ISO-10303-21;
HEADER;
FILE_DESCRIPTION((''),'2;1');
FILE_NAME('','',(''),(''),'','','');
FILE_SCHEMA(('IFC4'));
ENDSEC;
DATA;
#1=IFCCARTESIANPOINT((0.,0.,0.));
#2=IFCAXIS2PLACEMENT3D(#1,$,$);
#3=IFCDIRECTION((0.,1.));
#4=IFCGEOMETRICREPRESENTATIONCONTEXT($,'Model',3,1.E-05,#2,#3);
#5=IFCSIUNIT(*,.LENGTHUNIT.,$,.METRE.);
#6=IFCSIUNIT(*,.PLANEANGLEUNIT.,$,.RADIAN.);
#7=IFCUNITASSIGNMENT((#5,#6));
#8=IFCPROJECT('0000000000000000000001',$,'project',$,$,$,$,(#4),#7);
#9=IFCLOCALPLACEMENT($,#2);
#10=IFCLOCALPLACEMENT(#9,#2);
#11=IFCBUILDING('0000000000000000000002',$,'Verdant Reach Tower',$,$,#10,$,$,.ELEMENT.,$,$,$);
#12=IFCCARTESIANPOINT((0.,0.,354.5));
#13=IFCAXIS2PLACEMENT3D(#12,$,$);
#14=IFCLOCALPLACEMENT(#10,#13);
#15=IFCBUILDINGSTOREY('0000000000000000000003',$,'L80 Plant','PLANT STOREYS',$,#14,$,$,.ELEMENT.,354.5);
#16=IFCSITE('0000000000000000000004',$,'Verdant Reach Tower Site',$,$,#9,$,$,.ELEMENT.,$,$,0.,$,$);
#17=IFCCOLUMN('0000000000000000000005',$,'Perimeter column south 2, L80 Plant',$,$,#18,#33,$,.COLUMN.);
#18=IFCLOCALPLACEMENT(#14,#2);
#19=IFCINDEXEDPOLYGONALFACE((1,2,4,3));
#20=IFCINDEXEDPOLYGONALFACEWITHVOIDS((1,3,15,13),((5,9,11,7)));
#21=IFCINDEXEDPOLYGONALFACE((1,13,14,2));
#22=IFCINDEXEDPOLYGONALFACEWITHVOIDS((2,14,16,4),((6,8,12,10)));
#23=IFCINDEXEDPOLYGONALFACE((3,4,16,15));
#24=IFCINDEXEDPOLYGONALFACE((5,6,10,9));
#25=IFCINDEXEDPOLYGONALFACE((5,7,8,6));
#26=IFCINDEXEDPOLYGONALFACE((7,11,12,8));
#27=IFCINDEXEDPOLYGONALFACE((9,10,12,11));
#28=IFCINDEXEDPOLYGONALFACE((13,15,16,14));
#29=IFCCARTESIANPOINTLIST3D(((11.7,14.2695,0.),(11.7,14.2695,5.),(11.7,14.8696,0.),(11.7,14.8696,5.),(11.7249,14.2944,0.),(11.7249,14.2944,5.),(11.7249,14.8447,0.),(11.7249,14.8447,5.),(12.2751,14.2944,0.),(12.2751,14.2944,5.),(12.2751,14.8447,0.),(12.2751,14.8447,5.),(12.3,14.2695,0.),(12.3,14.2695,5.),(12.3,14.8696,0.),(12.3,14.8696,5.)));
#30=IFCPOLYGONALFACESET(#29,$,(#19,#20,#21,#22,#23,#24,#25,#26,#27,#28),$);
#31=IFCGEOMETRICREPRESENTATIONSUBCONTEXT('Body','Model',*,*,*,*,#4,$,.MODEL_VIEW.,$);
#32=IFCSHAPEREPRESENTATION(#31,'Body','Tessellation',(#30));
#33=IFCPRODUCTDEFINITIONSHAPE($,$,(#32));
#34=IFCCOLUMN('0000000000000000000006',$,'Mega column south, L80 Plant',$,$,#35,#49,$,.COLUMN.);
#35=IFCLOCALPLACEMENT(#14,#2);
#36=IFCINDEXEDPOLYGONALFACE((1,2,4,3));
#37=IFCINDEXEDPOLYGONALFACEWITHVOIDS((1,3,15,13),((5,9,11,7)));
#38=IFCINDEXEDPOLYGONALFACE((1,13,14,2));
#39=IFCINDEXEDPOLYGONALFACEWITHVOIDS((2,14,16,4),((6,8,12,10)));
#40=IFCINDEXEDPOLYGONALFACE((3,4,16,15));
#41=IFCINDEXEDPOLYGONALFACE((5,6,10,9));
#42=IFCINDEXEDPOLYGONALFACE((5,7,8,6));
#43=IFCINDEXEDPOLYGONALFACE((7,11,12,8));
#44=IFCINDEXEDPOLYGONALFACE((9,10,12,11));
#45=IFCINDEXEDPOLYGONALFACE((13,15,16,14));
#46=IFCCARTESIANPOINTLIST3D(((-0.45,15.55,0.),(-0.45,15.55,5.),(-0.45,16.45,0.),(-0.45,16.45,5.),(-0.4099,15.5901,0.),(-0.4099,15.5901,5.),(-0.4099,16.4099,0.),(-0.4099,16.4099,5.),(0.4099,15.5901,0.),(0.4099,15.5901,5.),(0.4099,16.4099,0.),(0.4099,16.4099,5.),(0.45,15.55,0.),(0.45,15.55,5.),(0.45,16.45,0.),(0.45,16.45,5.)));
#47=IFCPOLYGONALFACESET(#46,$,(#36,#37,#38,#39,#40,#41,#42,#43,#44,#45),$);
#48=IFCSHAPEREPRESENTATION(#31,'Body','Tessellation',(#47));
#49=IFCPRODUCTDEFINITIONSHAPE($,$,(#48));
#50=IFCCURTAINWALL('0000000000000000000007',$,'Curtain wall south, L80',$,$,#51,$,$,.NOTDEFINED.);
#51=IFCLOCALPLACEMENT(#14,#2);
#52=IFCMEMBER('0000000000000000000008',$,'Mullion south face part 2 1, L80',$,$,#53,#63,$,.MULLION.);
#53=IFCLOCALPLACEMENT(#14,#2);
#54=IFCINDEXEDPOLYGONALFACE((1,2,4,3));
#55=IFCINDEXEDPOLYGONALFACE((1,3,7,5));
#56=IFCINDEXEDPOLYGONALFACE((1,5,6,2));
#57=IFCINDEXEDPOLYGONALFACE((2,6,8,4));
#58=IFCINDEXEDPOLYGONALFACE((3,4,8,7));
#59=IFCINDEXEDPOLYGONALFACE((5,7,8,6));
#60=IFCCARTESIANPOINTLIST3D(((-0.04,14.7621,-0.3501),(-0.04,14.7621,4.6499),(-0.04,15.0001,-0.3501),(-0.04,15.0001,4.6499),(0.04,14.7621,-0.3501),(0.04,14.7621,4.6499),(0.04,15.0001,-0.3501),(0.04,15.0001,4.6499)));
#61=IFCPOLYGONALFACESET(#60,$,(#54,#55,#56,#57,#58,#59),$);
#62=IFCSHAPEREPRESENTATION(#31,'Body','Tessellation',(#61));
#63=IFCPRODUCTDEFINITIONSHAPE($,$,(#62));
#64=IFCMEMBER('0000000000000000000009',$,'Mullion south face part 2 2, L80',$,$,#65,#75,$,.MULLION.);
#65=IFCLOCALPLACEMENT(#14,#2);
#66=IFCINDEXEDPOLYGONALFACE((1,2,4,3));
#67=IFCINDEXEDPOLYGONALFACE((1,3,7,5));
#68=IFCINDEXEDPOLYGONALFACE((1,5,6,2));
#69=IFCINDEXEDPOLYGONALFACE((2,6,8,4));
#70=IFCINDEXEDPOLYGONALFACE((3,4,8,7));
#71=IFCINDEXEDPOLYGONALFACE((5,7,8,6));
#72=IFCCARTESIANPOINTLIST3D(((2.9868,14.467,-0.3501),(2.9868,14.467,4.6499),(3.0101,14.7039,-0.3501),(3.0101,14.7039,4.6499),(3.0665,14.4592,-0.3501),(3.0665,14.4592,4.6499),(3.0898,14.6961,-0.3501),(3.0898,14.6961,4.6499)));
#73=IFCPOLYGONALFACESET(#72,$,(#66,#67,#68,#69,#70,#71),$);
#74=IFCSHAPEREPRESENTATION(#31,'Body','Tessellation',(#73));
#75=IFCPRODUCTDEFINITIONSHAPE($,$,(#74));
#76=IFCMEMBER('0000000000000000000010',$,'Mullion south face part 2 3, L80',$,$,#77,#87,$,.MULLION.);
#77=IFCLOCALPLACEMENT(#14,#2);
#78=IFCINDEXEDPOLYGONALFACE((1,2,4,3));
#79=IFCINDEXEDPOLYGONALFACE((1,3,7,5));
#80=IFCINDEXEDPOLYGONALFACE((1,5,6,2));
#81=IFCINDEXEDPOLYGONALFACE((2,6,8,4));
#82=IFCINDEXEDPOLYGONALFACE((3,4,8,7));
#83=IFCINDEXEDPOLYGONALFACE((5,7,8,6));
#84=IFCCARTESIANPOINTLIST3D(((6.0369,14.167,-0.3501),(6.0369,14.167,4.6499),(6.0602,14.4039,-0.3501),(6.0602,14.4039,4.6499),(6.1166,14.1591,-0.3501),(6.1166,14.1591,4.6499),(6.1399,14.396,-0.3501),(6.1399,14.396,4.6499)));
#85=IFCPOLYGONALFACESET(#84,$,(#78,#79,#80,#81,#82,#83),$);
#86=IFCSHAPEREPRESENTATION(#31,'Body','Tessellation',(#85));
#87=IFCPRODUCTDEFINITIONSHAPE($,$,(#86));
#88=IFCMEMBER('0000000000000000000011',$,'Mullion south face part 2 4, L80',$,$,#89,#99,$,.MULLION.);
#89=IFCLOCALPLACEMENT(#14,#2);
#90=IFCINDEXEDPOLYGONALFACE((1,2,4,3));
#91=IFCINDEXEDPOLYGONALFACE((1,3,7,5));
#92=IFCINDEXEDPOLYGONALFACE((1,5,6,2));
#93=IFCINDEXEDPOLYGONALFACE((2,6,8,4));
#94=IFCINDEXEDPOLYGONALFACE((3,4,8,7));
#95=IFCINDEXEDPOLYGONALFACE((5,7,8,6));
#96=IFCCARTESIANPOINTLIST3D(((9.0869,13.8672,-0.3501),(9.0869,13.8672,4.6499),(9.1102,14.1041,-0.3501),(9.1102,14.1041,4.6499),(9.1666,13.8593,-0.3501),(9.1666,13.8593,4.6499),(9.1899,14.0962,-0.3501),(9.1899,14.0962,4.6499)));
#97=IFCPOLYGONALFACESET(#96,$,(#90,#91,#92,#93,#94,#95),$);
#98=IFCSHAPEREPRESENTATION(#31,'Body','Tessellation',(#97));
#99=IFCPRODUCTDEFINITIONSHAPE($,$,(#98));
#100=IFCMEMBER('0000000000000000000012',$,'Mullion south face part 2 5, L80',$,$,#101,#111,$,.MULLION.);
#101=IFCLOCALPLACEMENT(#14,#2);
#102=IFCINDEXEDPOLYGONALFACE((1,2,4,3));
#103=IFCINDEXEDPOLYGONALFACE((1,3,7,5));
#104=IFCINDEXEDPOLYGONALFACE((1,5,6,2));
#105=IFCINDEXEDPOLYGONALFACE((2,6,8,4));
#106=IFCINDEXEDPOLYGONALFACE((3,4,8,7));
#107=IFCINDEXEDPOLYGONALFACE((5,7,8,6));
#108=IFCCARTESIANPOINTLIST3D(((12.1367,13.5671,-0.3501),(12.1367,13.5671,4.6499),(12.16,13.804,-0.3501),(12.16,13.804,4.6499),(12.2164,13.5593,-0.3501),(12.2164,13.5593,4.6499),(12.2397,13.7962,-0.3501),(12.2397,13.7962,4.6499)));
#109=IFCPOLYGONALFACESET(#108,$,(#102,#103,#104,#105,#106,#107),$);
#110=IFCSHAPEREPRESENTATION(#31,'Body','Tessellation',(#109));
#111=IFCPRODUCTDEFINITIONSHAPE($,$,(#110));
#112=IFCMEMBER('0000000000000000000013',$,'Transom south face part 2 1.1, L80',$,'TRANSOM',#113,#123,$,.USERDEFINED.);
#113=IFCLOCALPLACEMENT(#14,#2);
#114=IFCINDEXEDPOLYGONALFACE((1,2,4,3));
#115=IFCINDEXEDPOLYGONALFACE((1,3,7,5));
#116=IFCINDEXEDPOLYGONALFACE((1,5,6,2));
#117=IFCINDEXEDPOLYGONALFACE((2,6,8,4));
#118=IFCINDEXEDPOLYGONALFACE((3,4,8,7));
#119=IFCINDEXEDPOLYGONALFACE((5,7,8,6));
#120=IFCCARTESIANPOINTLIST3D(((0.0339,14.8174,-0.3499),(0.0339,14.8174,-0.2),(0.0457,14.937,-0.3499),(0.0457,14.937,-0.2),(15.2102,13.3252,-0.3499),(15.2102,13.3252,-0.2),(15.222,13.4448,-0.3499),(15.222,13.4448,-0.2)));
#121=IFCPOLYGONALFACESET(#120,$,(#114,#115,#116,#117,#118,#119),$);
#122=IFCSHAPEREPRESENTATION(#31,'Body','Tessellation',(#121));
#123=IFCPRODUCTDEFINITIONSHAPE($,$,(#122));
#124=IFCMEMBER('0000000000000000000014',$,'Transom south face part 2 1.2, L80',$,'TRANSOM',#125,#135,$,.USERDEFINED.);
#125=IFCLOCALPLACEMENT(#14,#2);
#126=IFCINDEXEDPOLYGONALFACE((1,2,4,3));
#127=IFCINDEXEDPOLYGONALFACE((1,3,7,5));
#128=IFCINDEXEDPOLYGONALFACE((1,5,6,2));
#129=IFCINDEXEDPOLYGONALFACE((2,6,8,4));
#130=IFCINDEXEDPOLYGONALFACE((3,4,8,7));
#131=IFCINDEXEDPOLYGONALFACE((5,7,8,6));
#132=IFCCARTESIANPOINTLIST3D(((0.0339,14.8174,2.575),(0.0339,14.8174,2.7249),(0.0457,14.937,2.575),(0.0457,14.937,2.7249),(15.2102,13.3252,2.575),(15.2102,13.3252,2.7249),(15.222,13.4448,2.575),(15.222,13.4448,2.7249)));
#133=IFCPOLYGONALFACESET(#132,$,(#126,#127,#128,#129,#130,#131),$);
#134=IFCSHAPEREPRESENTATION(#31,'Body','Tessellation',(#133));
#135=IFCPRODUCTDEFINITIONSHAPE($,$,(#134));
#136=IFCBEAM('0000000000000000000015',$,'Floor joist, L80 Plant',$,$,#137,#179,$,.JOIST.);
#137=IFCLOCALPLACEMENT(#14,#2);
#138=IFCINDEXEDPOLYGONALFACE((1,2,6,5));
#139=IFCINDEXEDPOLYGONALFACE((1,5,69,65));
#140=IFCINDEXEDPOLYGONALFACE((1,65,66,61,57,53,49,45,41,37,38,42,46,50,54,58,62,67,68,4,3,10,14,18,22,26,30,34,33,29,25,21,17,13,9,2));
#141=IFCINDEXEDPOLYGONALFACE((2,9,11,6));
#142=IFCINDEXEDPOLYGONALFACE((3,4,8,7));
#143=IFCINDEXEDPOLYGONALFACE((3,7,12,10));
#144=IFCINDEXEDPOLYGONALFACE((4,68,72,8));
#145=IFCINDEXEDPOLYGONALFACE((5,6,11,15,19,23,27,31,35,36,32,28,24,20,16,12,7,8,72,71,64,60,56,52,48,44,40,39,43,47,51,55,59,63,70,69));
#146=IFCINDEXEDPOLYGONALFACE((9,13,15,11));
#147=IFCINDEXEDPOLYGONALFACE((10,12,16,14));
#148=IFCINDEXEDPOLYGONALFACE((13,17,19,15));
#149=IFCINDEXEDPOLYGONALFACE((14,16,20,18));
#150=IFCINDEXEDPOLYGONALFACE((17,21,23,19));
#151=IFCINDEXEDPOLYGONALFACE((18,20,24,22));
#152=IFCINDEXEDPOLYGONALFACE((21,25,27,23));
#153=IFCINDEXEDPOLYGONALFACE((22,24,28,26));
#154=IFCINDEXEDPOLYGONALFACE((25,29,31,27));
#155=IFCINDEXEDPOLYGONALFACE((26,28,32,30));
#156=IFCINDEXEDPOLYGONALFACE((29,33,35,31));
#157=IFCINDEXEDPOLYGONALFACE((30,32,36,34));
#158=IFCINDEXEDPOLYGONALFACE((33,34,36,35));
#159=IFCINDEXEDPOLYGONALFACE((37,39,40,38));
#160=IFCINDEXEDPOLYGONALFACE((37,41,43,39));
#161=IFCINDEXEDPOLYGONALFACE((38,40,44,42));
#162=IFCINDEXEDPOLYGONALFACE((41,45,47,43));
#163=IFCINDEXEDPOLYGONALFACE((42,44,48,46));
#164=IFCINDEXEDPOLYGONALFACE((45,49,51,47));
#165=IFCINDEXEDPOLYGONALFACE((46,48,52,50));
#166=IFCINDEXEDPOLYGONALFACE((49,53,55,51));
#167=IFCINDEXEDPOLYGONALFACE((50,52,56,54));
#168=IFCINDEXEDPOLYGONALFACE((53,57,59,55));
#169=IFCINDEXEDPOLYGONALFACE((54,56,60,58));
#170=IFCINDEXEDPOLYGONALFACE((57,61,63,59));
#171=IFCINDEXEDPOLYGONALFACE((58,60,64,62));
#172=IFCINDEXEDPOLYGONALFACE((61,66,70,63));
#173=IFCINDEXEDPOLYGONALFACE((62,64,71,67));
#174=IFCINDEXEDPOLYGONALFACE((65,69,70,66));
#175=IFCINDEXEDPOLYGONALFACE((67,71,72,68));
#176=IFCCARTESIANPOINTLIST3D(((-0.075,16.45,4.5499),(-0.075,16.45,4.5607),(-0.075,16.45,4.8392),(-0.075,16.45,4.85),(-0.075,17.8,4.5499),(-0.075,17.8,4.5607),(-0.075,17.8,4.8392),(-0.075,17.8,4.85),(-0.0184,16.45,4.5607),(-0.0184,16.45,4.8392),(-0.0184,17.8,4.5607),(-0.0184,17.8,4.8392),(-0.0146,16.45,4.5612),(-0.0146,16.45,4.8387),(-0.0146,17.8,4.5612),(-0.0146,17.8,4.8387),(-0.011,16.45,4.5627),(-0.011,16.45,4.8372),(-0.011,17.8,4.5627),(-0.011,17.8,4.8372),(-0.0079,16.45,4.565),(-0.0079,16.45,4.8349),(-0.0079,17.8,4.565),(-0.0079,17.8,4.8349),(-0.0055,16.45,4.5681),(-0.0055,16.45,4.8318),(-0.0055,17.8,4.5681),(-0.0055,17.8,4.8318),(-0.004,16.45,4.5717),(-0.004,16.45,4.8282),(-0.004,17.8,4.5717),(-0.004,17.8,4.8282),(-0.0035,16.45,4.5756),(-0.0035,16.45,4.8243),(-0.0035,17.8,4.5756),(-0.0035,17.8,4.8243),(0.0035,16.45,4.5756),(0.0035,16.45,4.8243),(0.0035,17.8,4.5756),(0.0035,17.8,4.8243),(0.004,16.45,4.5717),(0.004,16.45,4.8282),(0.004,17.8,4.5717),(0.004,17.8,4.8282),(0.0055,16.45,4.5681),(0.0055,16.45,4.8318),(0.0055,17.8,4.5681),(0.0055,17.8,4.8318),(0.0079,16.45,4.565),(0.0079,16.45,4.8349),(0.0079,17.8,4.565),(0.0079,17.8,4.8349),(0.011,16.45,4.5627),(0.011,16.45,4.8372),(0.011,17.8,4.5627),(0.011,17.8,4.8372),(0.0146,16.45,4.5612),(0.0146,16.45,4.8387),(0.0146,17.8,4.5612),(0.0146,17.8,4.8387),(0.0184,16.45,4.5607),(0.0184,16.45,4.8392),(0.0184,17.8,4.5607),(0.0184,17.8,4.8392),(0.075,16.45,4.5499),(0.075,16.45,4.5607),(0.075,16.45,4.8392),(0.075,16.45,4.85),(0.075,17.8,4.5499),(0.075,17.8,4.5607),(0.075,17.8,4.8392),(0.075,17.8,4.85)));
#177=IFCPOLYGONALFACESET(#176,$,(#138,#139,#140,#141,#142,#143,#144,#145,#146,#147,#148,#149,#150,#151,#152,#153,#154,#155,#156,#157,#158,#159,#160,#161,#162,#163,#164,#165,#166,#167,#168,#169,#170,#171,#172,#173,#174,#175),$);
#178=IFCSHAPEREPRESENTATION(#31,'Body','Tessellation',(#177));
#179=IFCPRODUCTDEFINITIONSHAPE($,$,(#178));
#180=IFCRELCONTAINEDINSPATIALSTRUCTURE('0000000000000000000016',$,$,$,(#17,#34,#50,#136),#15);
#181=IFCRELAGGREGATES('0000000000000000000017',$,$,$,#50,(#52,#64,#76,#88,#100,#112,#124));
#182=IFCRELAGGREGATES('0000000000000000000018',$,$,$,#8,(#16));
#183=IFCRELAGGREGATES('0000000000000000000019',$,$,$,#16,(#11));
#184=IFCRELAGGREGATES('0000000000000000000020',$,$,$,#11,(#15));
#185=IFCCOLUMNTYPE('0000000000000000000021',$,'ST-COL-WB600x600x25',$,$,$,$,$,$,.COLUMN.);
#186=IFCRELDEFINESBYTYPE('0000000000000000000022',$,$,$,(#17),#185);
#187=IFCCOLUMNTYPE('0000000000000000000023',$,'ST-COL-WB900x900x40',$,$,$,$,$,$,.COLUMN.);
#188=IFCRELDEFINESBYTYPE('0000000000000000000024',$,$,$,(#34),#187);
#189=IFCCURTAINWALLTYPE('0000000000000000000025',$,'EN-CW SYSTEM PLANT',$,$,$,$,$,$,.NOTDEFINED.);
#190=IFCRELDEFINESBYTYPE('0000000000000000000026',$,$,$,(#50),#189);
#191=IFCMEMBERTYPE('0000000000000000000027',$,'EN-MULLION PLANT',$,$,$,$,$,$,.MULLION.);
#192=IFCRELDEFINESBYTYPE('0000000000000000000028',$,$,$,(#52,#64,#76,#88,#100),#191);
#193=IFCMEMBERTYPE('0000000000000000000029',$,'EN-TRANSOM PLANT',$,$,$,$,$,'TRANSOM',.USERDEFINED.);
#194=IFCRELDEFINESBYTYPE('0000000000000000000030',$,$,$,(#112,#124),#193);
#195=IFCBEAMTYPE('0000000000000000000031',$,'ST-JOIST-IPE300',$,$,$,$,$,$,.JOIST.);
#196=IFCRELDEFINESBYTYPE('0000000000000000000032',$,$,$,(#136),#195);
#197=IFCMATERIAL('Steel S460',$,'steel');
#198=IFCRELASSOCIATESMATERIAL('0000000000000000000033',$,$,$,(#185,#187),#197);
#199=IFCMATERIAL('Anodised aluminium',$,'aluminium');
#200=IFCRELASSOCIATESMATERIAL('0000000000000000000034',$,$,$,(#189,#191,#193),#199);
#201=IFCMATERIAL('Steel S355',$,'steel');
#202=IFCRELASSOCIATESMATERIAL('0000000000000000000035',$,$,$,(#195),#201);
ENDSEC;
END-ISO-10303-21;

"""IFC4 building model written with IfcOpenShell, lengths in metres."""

from ifc_helpers import new_model, si_unit, direction, frame, origin, origin_2d, place, context, subcontext, project, spatial, rectangle, hollow_rectangle, i_section, extrude, material, material_profile, profile_set, type_object, element, aggregate, save


model = new_model("IFC4")

# Units and contexts
model_context = context("Model", 3, precision=1e-05, world=origin(), true_north=direction((0.0, 1.0)))
body_context = subcontext(model_context, "Body", "Model", "MODEL_VIEW")
ifc_project = project(units=[si_unit("LENGTHUNIT", "METRE"), si_unit("PLANEANGLEUNIT", "RADIAN")], contexts=[model_context])

# Site, building, storey
site_placement = place(None, origin())
site = spatial("IfcSite", under=ifc_project, at=site_placement, Name="Verdant Reach Tower Site", CompositionType="ELEMENT", RefElevation=0.0)
building_placement = place(site_placement, origin())
building = spatial("IfcBuilding", under=site, at=building_placement, Name="Verdant Reach Tower", CompositionType="ELEMENT")
storey_placement = place(building_placement, frame((0.0, 0.0, 354.5)))
storey = spatial("IfcBuildingStorey", under=building, at=storey_placement, Name="L80 Plant", Description="PLANT STOREYS", CompositionType="ELEMENT", Elevation=354.5)

# Columns
ifc_material_1 = material(Name="Steel S460", Category="steel")
ifc_material_profile_1 = material_profile(ifc_material_1, hollow_rectangle(XDim=0.6001, YDim=0.6001, WallThickness=0.0249, at=origin_2d()), Name="WB 600x600x25")
ifc_profile_set_1 = profile_set([ifc_material_profile_1], Name="Steel S460")
column_type_1 = type_object("IfcColumnType", Name="ST-COL-WB600x600x25", PredefinedType="COLUMN", material=ifc_profile_set_1)
column_1_placement = place(storey_placement, frame((12.0, 14.5696, 0.0), z_axis=(0.0, 0.0, 1.0), x_axis=(1.0, 0.0, 0.0)))
element("IfcColumn", 1, at=column_1_placement, inside=storey, type_object=column_type_1, Name="Perimeter column south 2, L80 Plant", PredefinedType="COLUMN", context=body_context, shape_type="SweptSolid", body=[
    extrude(hollow_rectangle(XDim=0.6001, YDim=0.6001, WallThickness=0.0249, at=origin_2d()), origin(), (0.0, 0.0, 1.0), 5.0),
])
ifc_material_profile_2 = material_profile(ifc_material_1, hollow_rectangle(XDim=0.8999, YDim=0.8999, WallThickness=0.04, at=origin_2d()), Name="WB 900x900x40")
ifc_profile_set_2 = profile_set([ifc_material_profile_2], Name="Steel S460")
column_type_2 = type_object("IfcColumnType", Name="ST-COL-WB900x900x40", PredefinedType="COLUMN", material=ifc_profile_set_2)
column_2_placement = place(storey_placement, frame((0.0, 16.0, 0.0), z_axis=(0.0, 0.0, 1.0), x_axis=(1.0, 0.0, 0.0)))
element("IfcColumn", 2, at=column_2_placement, inside=storey, type_object=column_type_2, Name="Mega column south, L80 Plant", PredefinedType="COLUMN", context=body_context, shape_type="SweptSolid", body=[
    extrude(hollow_rectangle(XDim=0.8999, YDim=0.8999, WallThickness=0.04, at=origin_2d()), origin(), (0.0, 0.0, 1.0), 5.0),
])

# Curtain wall, members
ifc_material_2 = material(Name="Anodised aluminium", Category="aluminium")
curtain_wall_type = type_object("IfcCurtainWallType", Name="EN-CW SYSTEM PLANT", PredefinedType="NOTDEFINED", material=ifc_material_2)
curtain_wall_placement = place(storey_placement, origin())
curtain_wall = element("IfcCurtainWall", 3, at=curtain_wall_placement, inside=storey, type_object=curtain_wall_type, Name="Curtain wall south, L80", PredefinedType="NOTDEFINED")
ifc_material_profile_3 = material_profile(ifc_material_2, rectangle(XDim=0.238, YDim=0.0801, at=origin_2d()), Name="Mullion 80x240")
ifc_profile_set_3 = profile_set([ifc_material_profile_3], Name="Anodised aluminium")
member_type_1 = type_object("IfcMemberType", Name="EN-MULLION PLANT", PredefinedType="MULLION", material=ifc_profile_set_3)
member_1_placement = place(storey_placement, frame((0.0, 14.8811, -0.3501), z_axis=(0.0, 0.0, 1.0), x_axis=(0.0, -1.0, 0.0)))
member_1 = element("IfcMember", 4, at=member_1_placement, type_object=member_type_1, Name="Mullion south face part 2 1, L80", PredefinedType="MULLION", context=body_context, shape_type="SweptSolid", body=[
    extrude(rectangle(XDim=0.238, YDim=0.0801, at=origin_2d()), origin(), (0.0, 0.0, 1.0), 5.0),
])
member_2_placement = place(storey_placement, frame((3.0383, 14.5815, -0.3501), z_axis=(0.0, 0.0, 1.0), x_axis=(-0.097888, -0.995197, 0.0)))
member_2 = element("IfcMember", 5, at=member_2_placement, type_object=member_type_1, Name="Mullion south face part 2 2, L80", PredefinedType="MULLION", context=body_context, shape_type="SweptSolid", body=[
    extrude(rectangle(XDim=0.238, YDim=0.0801, at=origin_2d()), origin(), (0.0, 0.0, 1.0), 5.0),
])
member_3_placement = place(storey_placement, frame((6.0884, 14.2815, -0.3501), z_axis=(0.0, 0.0, 1.0), x_axis=(-0.097888, -0.995197, 0.0)))
member_3 = element("IfcMember", 6, at=member_3_placement, type_object=member_type_1, Name="Mullion south face part 2 3, L80", PredefinedType="MULLION", context=body_context, shape_type="SweptSolid", body=[
    extrude(rectangle(XDim=0.238, YDim=0.0801, at=origin_2d()), origin(), (0.0, 0.0, 1.0), 5.0),
])
member_4_placement = place(storey_placement, frame((9.1384, 13.9817, -0.3501), z_axis=(0.0, 0.0, 1.0), x_axis=(-0.097888, -0.995197, 0.0)))
member_4 = element("IfcMember", 7, at=member_4_placement, type_object=member_type_1, Name="Mullion south face part 2 4, L80", PredefinedType="MULLION", context=body_context, shape_type="SweptSolid", body=[
    extrude(rectangle(XDim=0.238, YDim=0.0801, at=origin_2d()), origin(), (0.0, 0.0, 1.0), 5.0),
])
member_5_placement = place(storey_placement, frame((12.1882, 13.6816, -0.3501), z_axis=(0.0, 0.0, 1.0), x_axis=(-0.097888, -0.995197, 0.0)))
member_5 = element("IfcMember", 8, at=member_5_placement, type_object=member_type_1, Name="Mullion south face part 2 5, L80", PredefinedType="MULLION", context=body_context, shape_type="SweptSolid", body=[
    extrude(rectangle(XDim=0.238, YDim=0.0801, at=origin_2d()), origin(), (0.0, 0.0, 1.0), 5.0),
])
ifc_material_profile_4 = material_profile(ifc_material_2, rectangle(XDim=0.1201, YDim=0.1499, at=origin_2d()), Name="Transom 150x120")
ifc_profile_set_4 = profile_set([ifc_material_profile_4], Name="Anodised aluminium")
member_type_2 = type_object("IfcMemberType", Name="EN-TRANSOM PLANT", ElementType="TRANSOM", PredefinedType="USERDEFINED", material=ifc_profile_set_4)
member_6_placement = place(storey_placement, frame((0.0398, 14.8772, -0.2749), z_axis=(0.995201, -0.097852, 0.0), x_axis=(0.097852, 0.995201, 0.0)))
member_6 = element("IfcMember", 9, at=member_6_placement, type_object=member_type_2, Name="Transom south face part 2 1.1, L80", ObjectType="TRANSOM", PredefinedType="USERDEFINED", context=body_context, shape_type="SweptSolid", body=[
    extrude(rectangle(XDim=0.1201, YDim=0.1499, at=origin_2d()), origin(), (0.0, 0.0, 1.0), 15.2495),
])
member_7_placement = place(storey_placement, frame((0.0398, 14.8772, 2.6499), z_axis=(0.995201, -0.097852, 0.0), x_axis=(0.097852, 0.995201, 0.0)))
member_7 = element("IfcMember", 10, at=member_7_placement, type_object=member_type_2, Name="Transom south face part 2 1.2, L80", ObjectType="TRANSOM", PredefinedType="USERDEFINED", context=body_context, shape_type="SweptSolid", body=[
    extrude(rectangle(XDim=0.1201, YDim=0.1499, at=origin_2d()), origin(), (0.0, 0.0, 1.0), 15.2495),
])

# Beam
ifc_material_3 = material(Name="Steel S355", Category="steel")
ifc_material_profile_5 = material_profile(ifc_material_3, i_section(OverallWidth=0.1499, OverallDepth=0.3, WebThickness=0.0071, FlangeThickness=0.0107, FilletRadius=0.0149, at=origin_2d()), Name="IPE 300")
ifc_profile_set_5 = profile_set([ifc_material_profile_5], Name="Steel S355")
beam_type = type_object("IfcBeamType", Name="ST-JOIST-IPE300", PredefinedType="JOIST", material=ifc_profile_set_5)
beam_1_placement = place(storey_placement, frame((0.0, 17.8, 4.7), z_axis=(0.0, -1.0, 0.0), x_axis=(1.0, 0.0, 0.0)))
element("IfcBeam", 11, at=beam_1_placement, inside=storey, type_object=beam_type, Name="Floor joist, L80 Plant", PredefinedType="JOIST", context=body_context, shape_type="SweptSolid", body=[
    extrude(i_section(OverallWidth=0.1499, OverallDepth=0.3, WebThickness=0.0071, FlangeThickness=0.0107, FilletRadius=0.0149, at=origin_2d()), origin(), (0.0, 0.0, 1.0), 1.3501),
])

aggregate(curtain_wall, [member_1, member_2, member_3, member_4, member_5, member_6, member_7])

save(model, "model.ifc")
